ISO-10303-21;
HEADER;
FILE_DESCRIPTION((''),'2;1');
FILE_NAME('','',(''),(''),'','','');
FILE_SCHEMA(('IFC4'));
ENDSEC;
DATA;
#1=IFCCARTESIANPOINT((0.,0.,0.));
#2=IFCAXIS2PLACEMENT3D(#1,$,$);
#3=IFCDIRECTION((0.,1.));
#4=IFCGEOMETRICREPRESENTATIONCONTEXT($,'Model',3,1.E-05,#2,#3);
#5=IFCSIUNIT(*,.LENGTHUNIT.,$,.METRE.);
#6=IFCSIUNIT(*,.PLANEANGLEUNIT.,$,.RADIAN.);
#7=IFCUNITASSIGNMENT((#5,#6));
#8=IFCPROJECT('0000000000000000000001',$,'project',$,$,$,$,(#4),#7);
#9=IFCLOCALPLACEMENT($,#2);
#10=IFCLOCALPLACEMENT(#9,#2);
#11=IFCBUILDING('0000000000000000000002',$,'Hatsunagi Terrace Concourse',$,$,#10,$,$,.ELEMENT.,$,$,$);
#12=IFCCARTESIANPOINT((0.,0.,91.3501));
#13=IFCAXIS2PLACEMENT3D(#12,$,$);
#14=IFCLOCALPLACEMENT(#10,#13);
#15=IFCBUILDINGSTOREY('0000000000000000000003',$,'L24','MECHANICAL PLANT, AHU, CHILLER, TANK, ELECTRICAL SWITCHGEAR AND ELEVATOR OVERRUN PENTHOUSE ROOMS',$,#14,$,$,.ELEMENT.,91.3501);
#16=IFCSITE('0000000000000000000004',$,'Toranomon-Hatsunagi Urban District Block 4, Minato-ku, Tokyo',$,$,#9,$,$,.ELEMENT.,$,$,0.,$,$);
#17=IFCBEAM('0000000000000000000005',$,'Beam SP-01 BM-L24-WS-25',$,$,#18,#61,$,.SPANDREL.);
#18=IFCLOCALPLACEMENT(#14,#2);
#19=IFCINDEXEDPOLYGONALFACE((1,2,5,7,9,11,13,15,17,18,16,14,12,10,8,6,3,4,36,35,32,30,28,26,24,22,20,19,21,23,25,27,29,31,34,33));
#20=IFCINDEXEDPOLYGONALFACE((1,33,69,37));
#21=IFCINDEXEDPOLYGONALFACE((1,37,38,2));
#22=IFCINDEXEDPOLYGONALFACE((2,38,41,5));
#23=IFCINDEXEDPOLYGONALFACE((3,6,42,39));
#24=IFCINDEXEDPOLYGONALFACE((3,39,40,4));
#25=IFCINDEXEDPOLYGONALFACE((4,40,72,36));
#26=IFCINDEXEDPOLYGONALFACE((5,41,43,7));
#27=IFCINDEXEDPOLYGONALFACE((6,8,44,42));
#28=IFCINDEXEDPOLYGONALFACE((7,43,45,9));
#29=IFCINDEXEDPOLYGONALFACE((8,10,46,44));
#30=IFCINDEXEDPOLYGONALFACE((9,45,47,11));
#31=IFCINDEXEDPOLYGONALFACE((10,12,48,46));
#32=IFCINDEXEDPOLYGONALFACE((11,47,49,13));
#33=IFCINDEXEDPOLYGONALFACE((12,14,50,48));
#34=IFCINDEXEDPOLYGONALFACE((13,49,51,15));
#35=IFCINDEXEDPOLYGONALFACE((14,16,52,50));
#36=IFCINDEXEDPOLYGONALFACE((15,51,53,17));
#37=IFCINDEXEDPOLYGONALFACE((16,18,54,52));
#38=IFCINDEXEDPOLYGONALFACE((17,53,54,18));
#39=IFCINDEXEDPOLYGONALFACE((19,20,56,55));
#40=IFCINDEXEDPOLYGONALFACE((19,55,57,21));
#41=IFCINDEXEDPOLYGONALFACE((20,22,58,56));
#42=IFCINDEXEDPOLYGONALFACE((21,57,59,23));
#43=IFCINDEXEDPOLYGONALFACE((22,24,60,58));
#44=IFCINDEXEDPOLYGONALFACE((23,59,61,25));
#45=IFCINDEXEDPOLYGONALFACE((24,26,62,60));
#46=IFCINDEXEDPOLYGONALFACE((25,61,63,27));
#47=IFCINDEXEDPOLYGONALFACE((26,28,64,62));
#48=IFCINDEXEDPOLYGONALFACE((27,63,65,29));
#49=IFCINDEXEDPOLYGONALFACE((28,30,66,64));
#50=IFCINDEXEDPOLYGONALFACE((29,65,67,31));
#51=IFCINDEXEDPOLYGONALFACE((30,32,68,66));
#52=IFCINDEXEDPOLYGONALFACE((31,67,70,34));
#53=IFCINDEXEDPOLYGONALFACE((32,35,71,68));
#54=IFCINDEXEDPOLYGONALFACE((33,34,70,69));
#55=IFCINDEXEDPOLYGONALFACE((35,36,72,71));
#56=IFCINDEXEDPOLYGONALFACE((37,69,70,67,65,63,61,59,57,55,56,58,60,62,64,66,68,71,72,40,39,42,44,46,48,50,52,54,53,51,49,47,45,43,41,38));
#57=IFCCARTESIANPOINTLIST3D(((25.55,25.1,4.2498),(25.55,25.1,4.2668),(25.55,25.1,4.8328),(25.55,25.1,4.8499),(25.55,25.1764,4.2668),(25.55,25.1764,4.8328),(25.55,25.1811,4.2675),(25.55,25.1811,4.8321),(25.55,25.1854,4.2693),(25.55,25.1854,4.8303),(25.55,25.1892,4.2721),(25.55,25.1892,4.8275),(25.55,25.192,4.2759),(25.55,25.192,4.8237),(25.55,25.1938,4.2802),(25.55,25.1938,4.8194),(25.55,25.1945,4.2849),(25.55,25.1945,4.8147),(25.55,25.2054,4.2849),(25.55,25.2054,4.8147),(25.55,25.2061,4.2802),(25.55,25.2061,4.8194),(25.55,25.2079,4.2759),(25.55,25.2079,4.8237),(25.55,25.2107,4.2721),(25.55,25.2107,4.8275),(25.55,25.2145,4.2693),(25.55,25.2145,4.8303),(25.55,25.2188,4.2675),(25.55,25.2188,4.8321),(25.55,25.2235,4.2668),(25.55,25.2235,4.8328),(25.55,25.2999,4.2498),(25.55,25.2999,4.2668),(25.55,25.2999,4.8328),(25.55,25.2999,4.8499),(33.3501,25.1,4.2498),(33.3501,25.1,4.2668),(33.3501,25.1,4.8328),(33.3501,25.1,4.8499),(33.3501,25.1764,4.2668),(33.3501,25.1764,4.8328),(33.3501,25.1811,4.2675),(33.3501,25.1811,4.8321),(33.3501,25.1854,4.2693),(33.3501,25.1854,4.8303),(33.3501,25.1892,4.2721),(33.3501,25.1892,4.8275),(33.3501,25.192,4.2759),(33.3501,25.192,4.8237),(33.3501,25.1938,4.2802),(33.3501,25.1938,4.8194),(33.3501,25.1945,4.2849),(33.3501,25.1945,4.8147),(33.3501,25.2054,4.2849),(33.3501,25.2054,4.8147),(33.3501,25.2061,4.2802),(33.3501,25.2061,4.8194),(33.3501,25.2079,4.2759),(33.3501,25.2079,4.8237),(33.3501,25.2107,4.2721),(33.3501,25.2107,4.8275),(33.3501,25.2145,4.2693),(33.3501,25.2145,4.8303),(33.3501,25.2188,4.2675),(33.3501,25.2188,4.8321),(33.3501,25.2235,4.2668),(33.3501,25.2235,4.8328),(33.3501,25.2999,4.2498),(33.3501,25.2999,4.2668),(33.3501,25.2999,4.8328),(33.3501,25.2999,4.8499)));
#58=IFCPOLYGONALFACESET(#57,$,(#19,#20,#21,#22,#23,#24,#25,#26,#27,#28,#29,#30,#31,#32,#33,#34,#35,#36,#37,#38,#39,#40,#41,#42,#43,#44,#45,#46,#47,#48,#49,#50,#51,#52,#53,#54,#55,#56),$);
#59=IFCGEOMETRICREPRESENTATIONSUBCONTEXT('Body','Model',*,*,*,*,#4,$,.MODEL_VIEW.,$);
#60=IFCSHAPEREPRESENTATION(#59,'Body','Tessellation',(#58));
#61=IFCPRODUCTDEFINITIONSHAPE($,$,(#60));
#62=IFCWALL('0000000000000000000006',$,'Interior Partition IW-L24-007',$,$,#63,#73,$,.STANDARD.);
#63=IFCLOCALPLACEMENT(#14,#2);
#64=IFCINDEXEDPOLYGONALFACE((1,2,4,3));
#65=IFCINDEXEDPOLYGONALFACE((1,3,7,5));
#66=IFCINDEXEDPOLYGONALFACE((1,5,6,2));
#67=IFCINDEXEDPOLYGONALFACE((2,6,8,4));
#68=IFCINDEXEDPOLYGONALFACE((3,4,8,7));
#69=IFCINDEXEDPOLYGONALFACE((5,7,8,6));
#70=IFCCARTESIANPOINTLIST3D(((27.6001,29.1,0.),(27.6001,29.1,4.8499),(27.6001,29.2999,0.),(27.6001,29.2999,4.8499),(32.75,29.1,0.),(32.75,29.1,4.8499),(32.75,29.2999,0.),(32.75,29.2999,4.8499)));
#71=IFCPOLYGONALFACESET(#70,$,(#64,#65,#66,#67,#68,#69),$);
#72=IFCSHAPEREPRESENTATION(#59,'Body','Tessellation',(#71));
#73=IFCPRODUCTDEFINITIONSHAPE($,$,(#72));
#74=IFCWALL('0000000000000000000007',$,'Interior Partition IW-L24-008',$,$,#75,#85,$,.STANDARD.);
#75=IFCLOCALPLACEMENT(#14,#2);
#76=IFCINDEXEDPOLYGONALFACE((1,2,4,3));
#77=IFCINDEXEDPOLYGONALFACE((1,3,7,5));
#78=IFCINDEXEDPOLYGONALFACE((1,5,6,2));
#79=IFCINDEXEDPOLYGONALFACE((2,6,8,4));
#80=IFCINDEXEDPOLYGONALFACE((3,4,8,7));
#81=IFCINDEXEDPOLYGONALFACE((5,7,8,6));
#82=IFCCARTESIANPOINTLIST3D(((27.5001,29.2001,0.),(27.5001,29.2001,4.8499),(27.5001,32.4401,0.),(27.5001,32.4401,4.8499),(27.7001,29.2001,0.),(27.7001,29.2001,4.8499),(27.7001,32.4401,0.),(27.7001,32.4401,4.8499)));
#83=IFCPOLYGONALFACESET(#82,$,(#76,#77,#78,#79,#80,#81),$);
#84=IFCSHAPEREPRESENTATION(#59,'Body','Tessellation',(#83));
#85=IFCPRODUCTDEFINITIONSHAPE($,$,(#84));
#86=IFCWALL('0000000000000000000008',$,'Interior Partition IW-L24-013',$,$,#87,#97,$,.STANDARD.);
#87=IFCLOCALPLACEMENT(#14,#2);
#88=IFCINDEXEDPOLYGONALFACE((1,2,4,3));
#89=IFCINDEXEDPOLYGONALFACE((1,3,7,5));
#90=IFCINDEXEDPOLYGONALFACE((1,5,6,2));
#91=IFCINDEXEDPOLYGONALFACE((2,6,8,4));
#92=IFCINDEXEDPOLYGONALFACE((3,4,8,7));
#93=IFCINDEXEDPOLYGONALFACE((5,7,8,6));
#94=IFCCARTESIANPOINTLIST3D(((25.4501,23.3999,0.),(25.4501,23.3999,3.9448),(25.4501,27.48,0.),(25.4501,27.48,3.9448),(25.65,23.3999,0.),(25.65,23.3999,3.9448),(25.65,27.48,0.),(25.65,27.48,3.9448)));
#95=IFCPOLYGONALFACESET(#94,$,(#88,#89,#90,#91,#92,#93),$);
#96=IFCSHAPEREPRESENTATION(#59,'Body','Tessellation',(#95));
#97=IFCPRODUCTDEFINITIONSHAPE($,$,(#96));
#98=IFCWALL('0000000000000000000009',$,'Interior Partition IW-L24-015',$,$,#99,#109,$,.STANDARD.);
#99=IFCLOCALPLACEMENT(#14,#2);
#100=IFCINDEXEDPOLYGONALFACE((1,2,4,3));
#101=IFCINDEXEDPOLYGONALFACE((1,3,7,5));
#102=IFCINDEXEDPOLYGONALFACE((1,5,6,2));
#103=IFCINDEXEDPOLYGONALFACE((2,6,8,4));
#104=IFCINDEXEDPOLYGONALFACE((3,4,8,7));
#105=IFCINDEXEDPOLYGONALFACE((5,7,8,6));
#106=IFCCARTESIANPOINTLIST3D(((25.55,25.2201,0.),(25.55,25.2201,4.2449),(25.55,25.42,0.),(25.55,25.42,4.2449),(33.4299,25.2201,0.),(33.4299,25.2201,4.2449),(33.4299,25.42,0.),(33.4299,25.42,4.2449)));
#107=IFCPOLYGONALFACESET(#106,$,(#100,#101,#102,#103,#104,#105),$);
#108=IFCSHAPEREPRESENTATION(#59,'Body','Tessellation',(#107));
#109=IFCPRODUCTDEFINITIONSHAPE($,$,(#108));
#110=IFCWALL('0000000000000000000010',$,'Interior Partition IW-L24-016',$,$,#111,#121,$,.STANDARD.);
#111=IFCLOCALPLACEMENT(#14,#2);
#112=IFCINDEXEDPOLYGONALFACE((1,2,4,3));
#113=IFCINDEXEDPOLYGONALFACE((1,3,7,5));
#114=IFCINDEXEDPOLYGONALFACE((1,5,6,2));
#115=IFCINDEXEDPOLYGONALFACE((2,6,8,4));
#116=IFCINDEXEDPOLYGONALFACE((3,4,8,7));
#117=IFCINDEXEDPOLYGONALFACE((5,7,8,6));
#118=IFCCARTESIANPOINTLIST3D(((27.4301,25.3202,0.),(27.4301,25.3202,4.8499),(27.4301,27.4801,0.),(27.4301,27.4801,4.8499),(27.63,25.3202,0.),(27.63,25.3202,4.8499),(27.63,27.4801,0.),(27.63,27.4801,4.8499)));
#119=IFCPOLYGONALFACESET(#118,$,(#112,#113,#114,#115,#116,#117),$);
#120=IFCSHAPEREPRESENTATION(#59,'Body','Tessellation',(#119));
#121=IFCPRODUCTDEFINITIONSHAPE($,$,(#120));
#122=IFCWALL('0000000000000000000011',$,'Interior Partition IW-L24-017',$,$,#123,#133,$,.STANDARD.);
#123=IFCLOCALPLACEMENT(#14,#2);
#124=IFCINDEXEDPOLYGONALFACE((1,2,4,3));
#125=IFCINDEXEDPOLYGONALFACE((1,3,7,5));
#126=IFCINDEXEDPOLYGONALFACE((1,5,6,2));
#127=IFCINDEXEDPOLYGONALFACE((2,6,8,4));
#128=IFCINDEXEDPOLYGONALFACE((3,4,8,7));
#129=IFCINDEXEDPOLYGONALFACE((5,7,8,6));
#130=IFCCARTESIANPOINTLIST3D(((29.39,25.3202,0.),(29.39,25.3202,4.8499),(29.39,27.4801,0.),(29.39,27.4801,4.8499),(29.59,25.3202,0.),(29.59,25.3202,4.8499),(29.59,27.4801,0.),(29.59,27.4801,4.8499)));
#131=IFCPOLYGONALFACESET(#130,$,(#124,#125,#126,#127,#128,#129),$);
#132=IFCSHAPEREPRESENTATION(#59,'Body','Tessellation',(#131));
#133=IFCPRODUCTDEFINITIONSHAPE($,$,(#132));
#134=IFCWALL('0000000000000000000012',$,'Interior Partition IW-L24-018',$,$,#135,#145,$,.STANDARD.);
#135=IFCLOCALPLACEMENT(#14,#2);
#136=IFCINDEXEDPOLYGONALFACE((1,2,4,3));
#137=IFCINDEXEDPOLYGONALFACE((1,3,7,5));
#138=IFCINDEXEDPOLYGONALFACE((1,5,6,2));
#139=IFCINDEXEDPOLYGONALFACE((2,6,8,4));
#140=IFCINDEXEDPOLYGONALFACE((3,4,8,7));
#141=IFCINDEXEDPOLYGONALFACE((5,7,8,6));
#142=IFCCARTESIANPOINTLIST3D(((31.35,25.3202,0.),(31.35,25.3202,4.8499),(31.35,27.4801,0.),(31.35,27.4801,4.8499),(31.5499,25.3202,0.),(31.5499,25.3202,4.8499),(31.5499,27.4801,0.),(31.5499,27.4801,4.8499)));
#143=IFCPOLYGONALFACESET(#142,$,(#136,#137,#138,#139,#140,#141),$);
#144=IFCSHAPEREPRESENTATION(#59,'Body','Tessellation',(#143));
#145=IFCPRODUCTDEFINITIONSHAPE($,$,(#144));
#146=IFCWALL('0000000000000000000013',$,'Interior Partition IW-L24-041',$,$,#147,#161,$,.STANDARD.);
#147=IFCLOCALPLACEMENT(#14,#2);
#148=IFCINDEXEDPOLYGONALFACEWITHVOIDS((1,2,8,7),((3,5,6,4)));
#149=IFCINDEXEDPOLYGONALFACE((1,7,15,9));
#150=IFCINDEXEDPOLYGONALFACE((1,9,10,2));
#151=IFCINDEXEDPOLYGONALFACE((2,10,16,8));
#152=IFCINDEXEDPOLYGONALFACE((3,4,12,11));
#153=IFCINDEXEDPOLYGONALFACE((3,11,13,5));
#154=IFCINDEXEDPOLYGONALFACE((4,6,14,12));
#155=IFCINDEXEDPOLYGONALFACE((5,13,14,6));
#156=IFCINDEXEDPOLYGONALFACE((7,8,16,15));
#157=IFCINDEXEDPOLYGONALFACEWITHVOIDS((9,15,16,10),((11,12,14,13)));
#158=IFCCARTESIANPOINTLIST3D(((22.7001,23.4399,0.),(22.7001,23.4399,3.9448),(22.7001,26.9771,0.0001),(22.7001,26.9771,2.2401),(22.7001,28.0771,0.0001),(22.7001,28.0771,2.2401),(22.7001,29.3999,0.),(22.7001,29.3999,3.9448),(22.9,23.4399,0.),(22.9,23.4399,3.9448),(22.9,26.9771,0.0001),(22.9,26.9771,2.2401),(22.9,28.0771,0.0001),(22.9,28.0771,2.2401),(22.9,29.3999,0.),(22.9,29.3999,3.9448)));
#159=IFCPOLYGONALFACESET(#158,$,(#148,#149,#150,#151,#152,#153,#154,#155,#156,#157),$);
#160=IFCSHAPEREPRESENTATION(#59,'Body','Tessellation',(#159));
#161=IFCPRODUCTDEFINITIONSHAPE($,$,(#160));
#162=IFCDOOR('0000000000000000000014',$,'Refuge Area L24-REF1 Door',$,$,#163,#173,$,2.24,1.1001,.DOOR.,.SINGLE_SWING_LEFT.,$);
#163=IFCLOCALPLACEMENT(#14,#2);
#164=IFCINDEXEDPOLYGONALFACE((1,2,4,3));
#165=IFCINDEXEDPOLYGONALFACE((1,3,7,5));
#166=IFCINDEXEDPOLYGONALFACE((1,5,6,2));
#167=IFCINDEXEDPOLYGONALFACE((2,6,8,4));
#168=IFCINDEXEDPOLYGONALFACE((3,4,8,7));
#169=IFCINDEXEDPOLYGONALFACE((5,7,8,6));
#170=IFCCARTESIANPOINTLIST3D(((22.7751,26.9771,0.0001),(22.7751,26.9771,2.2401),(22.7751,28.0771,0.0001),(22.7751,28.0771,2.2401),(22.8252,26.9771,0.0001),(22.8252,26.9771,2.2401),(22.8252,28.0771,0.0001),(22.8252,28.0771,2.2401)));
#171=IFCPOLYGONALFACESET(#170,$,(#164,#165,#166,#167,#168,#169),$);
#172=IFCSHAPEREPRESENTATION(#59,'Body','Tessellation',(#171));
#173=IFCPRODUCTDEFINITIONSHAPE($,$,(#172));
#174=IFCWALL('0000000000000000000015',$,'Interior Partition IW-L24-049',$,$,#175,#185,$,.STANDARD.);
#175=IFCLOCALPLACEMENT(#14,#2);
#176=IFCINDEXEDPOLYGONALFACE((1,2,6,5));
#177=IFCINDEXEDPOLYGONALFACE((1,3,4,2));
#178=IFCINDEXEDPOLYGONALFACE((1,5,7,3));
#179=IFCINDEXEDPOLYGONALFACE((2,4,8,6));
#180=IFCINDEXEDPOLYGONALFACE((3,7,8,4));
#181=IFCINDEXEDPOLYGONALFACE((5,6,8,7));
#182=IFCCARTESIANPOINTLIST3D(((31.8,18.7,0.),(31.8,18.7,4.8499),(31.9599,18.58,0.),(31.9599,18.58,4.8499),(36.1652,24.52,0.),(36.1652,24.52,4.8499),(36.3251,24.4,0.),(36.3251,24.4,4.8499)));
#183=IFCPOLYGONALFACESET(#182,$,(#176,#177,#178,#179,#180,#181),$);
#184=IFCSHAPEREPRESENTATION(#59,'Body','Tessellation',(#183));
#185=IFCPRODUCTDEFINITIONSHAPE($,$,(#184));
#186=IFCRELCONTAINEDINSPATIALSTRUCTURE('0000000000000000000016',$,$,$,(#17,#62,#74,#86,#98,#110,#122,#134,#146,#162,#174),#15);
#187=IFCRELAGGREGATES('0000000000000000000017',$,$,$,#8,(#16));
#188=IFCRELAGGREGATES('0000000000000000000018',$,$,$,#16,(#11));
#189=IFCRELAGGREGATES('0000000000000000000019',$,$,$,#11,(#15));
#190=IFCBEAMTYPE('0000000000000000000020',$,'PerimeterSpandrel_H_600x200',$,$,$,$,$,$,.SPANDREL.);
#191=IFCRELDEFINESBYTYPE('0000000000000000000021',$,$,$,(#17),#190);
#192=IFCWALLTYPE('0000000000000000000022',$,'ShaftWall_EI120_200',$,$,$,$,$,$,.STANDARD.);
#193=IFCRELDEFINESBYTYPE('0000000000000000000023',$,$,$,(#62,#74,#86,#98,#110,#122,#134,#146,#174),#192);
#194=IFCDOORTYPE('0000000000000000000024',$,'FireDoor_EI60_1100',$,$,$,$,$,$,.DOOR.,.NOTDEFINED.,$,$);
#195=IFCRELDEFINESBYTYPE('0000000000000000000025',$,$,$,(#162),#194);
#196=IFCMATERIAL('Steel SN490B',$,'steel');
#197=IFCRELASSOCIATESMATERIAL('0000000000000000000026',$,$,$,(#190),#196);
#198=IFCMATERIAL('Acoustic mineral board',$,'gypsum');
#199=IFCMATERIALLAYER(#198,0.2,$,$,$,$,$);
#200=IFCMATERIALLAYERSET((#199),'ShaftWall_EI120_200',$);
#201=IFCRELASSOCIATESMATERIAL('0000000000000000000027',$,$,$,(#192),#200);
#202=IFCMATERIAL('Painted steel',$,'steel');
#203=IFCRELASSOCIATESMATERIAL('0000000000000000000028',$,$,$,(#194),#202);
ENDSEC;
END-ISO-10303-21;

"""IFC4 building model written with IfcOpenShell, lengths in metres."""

from ifc_helpers import new_model, si_unit, direction, frame, frame_2d, origin, origin_2d, place, context, subcontext, project, spatial, rectangle, i_section, extrude, material, layer, layer_set, material_profile, profile_set, type_object, element, fill, save


model = new_model("IFC4")

# Units and contexts
model_context = context("Model", 3, precision=1e-05, world=origin(), true_north=direction((0.0, 1.0)))
body_context = subcontext(model_context, "Body", "Model", "MODEL_VIEW")
ifc_project = project(units=[si_unit("LENGTHUNIT", "METRE"), si_unit("PLANEANGLEUNIT", "RADIAN")], contexts=[model_context])

# Site, building, storey
site_placement = place(None, origin())
site = spatial("IfcSite", under=ifc_project, at=site_placement, Name="Toranomon-Hatsunagi Urban District Block 4, Minato-ku, Tokyo", CompositionType="ELEMENT", RefElevation=0.0)
building_placement = place(site_placement, origin())
building = spatial("IfcBuilding", under=site, at=building_placement, Name="Hatsunagi Terrace Concourse", CompositionType="ELEMENT")
storey_placement = place(building_placement, frame((0.0, 0.0, 91.3501)))
storey = spatial("IfcBuildingStorey", under=building, at=storey_placement, Name="L24", Description="MECHANICAL PLANT, AHU, CHILLER, TANK, ELECTRICAL SWITCHGEAR AND ELEVATOR OVERRUN PENTHOUSE ROOMS", CompositionType="ELEMENT", Elevation=91.3501)

# Beam
ifc_material_1 = material(Name="Steel SN490B", Category="steel")
ifc_material_profile_1 = material_profile(ifc_material_1, i_section(OverallWidth=0.2, OverallDepth=0.6001, WebThickness=0.011, FlangeThickness=0.0171, FilletRadius=0.0181, at=origin_2d()), Name="H-600x200x11x17")
ifc_profile_set_1 = profile_set([ifc_material_profile_1], Name="Steel SN490B")
beam_type_1 = type_object("IfcBeamType", Name="PerimeterSpandrel_H_600x200", PredefinedType="SPANDREL", material=ifc_profile_set_1)
beam_1_placement = place(storey_placement, frame((25.55, 25.2, 4.5498), z_axis=(1.0, 0.0, 0.0), x_axis=(0.0, 1.0, 0.0)))
element("IfcBeam", 1, at=beam_1_placement, inside=storey, type_object=beam_type_1, Name="Beam SP-01 BM-L24-WS-25", PredefinedType="SPANDREL", context=body_context, shape_type="SweptSolid", body=[
    extrude(i_section(OverallWidth=0.2, OverallDepth=0.6001, WebThickness=0.011, FlangeThickness=0.0171, FilletRadius=0.0181, at=origin_2d()), origin(), (0.0, 0.0, 1.0), 7.8),
])

# Walls
ifc_material_2 = material(Name="Acoustic mineral board", Category="gypsum")
ifc_layer_1 = layer(ifc_material_2, 0.2)
ifc_layer_set_1 = layer_set([ifc_layer_1], Name="ShaftWall_EI120_200")
wall_type_1 = type_object("IfcWallType", Name="ShaftWall_EI120_200", PredefinedType="STANDARD", material=ifc_layer_set_1)
wall_1_placement = place(storey_placement, frame((27.6001, 29.2, 0.0), z_axis=(0.0, 0.0, 1.0), x_axis=(1.0, 0.0, 0.0)))
element("IfcWall", 2, at=wall_1_placement, inside=storey, type_object=wall_type_1, Name="Interior Partition IW-L24-007", PredefinedType="STANDARD", context=body_context, shape_type="SweptSolid", body=[
    extrude(rectangle(XDim=5.1499, YDim=0.2, at=frame_2d((2.575, 0.0))), origin(), (0.0, 0.0, 1.0), 4.8499),
])
wall_2_placement = place(storey_placement, frame((27.6001, 29.2, 0.0), z_axis=(0.0, 0.0, 1.0), x_axis=(0.0, 1.0, 0.0)))
element("IfcWall", 3, at=wall_2_placement, inside=storey, type_object=wall_type_1, Name="Interior Partition IW-L24-008", PredefinedType="STANDARD", context=body_context, shape_type="SweptSolid", body=[
    extrude(rectangle(XDim=3.24, YDim=0.2, at=frame_2d((1.6201, 0.0))), origin(), (0.0, 0.0, 1.0), 4.8499),
])
wall_3_placement = place(storey_placement, frame((25.55, 23.3999, 0.0), z_axis=(0.0, 0.0, 1.0), x_axis=(0.0, 1.0, 0.0)))
element("IfcWall", 4, at=wall_3_placement, inside=storey, type_object=wall_type_1, Name="Interior Partition IW-L24-013", PredefinedType="STANDARD", context=body_context, shape_type="SweptSolid", body=[
    extrude(rectangle(XDim=4.0801, YDim=0.2, at=frame_2d((2.04, 0.0))), origin(), (0.0, 0.0, 1.0), 3.9448),
])
wall_4_placement = place(storey_placement, frame((25.55, 25.3201, 0.0), z_axis=(0.0, 0.0, 1.0), x_axis=(1.0, 0.0, 0.0)))
element("IfcWall", 5, at=wall_4_placement, inside=storey, type_object=wall_type_1, Name="Interior Partition IW-L24-015", PredefinedType="STANDARD", context=body_context, shape_type="SweptSolid", body=[
    extrude(rectangle(XDim=7.8799, YDim=0.2, at=frame_2d((3.9399, 0.0))), origin(), (0.0, 0.0, 1.0), 4.2449),
])
for number, where, z_axis, x_axis, name in (
    (6, (27.53, 25.3201, 0.0), (0.0, 0.0, 1.0), (0.0, 1.0, 0.0), "Interior Partition IW-L24-016"),
    (7, (29.49, 25.3201, 0.0), (0.0, 0.0, 1.0), (0.0, 1.0, 0.0), "Interior Partition IW-L24-017"),
    (8, (31.45, 25.3201, 0.0), (0.0, 0.0, 1.0), (0.0, 1.0, 0.0), "Interior Partition IW-L24-018"),
):
    element("IfcWall", number, at=place(storey_placement, frame(where, z_axis=z_axis, x_axis=x_axis)), inside=storey, type_object=wall_type_1, Name=name, PredefinedType="STANDARD", context=body_context, shape_type="SweptSolid", body=[
        extrude(rectangle(XDim=2.1599, YDim=0.2, at=frame_2d((1.0801, 0.0))), origin(), (0.0, 0.0, 1.0), 4.8499),
    ])

# Wall, opening, door
wall_5_placement = place(storey_placement, frame((22.8, 23.4399, 0.0), z_axis=(0.0, 0.0, 1.0), x_axis=(0.0, 1.0, 0.0)))
wall_5 = element("IfcWall", 9, at=wall_5_placement, inside=storey, type_object=wall_type_1, Name="Interior Partition IW-L24-041", PredefinedType="STANDARD", context=body_context, shape_type="SweptSolid", body=[
    extrude(rectangle(XDim=5.96, YDim=0.2, at=frame_2d((2.98, 0.0))), origin(), (0.0, 0.0, 1.0), 3.9448),
])
opening_1_placement = place(wall_5_placement, frame((3.5371, 0.0, 0.0)))
opening_1 = element("IfcOpeningElement", 10, at=opening_1_placement, cuts=wall_5, PredefinedType="OPENING", context=body_context, shape_type="SweptSolid", body=[
    extrude(rectangle(XDim=1.1001, YDim=2.24, at=frame_2d((0.55, 1.1201))), frame((0.0, 0.1099, 0.0), z_axis=(0.0, -1.0, 0.0), x_axis=(1.0, 0.0, 0.0)), (0.0, 0.0, 1.0), 0.22),
])
ifc_material_3 = material(Name="Painted steel", Category="steel")
door_type_1 = type_object("IfcDoorType", Name="FireDoor_EI60_1100", OperationType="NOTDEFINED", PredefinedType="DOOR", material=ifc_material_3)
door_1_placement = place(opening_1_placement, origin())
door_1 = element("IfcDoor", 11, at=door_1_placement, inside=storey, type_object=door_type_1, Name="Refuge Area L24-REF1 Door", OperationType="SINGLE_SWING_LEFT", OverallHeight=2.24, OverallWidth=1.1001, PredefinedType="DOOR", context=body_context, shape_type="SweptSolid", body=[
    extrude(rectangle(XDim=1.1001, YDim=2.24, at=frame_2d((0.55, 1.1201))), frame((0.0, 0.0249, 0.0), z_axis=(0.0, -1.0, 0.0), x_axis=(1.0, 0.0, 0.0)), (0.0, 0.0, 1.0), 0.05),
])
fill(opening_1, door_1)

# Wall
wall_6_placement = place(storey_placement, frame((31.8799, 18.6399, 0.0), z_axis=(0.0, 0.0, 1.0), x_axis=(0.600016, 0.799988, 0.0)))
element("IfcWall", 12, at=wall_6_placement, inside=storey, type_object=wall_type_1, Name="Interior Partition IW-L24-049", PredefinedType="STANDARD", context=body_context, shape_type="SweptSolid", body=[
    extrude(rectangle(XDim=7.2751, YDim=0.2, at=frame_2d((3.6377, 0.0))), origin(), (0.0, 0.0, 1.0), 4.8499),
])

save(model, "model.ifc")
